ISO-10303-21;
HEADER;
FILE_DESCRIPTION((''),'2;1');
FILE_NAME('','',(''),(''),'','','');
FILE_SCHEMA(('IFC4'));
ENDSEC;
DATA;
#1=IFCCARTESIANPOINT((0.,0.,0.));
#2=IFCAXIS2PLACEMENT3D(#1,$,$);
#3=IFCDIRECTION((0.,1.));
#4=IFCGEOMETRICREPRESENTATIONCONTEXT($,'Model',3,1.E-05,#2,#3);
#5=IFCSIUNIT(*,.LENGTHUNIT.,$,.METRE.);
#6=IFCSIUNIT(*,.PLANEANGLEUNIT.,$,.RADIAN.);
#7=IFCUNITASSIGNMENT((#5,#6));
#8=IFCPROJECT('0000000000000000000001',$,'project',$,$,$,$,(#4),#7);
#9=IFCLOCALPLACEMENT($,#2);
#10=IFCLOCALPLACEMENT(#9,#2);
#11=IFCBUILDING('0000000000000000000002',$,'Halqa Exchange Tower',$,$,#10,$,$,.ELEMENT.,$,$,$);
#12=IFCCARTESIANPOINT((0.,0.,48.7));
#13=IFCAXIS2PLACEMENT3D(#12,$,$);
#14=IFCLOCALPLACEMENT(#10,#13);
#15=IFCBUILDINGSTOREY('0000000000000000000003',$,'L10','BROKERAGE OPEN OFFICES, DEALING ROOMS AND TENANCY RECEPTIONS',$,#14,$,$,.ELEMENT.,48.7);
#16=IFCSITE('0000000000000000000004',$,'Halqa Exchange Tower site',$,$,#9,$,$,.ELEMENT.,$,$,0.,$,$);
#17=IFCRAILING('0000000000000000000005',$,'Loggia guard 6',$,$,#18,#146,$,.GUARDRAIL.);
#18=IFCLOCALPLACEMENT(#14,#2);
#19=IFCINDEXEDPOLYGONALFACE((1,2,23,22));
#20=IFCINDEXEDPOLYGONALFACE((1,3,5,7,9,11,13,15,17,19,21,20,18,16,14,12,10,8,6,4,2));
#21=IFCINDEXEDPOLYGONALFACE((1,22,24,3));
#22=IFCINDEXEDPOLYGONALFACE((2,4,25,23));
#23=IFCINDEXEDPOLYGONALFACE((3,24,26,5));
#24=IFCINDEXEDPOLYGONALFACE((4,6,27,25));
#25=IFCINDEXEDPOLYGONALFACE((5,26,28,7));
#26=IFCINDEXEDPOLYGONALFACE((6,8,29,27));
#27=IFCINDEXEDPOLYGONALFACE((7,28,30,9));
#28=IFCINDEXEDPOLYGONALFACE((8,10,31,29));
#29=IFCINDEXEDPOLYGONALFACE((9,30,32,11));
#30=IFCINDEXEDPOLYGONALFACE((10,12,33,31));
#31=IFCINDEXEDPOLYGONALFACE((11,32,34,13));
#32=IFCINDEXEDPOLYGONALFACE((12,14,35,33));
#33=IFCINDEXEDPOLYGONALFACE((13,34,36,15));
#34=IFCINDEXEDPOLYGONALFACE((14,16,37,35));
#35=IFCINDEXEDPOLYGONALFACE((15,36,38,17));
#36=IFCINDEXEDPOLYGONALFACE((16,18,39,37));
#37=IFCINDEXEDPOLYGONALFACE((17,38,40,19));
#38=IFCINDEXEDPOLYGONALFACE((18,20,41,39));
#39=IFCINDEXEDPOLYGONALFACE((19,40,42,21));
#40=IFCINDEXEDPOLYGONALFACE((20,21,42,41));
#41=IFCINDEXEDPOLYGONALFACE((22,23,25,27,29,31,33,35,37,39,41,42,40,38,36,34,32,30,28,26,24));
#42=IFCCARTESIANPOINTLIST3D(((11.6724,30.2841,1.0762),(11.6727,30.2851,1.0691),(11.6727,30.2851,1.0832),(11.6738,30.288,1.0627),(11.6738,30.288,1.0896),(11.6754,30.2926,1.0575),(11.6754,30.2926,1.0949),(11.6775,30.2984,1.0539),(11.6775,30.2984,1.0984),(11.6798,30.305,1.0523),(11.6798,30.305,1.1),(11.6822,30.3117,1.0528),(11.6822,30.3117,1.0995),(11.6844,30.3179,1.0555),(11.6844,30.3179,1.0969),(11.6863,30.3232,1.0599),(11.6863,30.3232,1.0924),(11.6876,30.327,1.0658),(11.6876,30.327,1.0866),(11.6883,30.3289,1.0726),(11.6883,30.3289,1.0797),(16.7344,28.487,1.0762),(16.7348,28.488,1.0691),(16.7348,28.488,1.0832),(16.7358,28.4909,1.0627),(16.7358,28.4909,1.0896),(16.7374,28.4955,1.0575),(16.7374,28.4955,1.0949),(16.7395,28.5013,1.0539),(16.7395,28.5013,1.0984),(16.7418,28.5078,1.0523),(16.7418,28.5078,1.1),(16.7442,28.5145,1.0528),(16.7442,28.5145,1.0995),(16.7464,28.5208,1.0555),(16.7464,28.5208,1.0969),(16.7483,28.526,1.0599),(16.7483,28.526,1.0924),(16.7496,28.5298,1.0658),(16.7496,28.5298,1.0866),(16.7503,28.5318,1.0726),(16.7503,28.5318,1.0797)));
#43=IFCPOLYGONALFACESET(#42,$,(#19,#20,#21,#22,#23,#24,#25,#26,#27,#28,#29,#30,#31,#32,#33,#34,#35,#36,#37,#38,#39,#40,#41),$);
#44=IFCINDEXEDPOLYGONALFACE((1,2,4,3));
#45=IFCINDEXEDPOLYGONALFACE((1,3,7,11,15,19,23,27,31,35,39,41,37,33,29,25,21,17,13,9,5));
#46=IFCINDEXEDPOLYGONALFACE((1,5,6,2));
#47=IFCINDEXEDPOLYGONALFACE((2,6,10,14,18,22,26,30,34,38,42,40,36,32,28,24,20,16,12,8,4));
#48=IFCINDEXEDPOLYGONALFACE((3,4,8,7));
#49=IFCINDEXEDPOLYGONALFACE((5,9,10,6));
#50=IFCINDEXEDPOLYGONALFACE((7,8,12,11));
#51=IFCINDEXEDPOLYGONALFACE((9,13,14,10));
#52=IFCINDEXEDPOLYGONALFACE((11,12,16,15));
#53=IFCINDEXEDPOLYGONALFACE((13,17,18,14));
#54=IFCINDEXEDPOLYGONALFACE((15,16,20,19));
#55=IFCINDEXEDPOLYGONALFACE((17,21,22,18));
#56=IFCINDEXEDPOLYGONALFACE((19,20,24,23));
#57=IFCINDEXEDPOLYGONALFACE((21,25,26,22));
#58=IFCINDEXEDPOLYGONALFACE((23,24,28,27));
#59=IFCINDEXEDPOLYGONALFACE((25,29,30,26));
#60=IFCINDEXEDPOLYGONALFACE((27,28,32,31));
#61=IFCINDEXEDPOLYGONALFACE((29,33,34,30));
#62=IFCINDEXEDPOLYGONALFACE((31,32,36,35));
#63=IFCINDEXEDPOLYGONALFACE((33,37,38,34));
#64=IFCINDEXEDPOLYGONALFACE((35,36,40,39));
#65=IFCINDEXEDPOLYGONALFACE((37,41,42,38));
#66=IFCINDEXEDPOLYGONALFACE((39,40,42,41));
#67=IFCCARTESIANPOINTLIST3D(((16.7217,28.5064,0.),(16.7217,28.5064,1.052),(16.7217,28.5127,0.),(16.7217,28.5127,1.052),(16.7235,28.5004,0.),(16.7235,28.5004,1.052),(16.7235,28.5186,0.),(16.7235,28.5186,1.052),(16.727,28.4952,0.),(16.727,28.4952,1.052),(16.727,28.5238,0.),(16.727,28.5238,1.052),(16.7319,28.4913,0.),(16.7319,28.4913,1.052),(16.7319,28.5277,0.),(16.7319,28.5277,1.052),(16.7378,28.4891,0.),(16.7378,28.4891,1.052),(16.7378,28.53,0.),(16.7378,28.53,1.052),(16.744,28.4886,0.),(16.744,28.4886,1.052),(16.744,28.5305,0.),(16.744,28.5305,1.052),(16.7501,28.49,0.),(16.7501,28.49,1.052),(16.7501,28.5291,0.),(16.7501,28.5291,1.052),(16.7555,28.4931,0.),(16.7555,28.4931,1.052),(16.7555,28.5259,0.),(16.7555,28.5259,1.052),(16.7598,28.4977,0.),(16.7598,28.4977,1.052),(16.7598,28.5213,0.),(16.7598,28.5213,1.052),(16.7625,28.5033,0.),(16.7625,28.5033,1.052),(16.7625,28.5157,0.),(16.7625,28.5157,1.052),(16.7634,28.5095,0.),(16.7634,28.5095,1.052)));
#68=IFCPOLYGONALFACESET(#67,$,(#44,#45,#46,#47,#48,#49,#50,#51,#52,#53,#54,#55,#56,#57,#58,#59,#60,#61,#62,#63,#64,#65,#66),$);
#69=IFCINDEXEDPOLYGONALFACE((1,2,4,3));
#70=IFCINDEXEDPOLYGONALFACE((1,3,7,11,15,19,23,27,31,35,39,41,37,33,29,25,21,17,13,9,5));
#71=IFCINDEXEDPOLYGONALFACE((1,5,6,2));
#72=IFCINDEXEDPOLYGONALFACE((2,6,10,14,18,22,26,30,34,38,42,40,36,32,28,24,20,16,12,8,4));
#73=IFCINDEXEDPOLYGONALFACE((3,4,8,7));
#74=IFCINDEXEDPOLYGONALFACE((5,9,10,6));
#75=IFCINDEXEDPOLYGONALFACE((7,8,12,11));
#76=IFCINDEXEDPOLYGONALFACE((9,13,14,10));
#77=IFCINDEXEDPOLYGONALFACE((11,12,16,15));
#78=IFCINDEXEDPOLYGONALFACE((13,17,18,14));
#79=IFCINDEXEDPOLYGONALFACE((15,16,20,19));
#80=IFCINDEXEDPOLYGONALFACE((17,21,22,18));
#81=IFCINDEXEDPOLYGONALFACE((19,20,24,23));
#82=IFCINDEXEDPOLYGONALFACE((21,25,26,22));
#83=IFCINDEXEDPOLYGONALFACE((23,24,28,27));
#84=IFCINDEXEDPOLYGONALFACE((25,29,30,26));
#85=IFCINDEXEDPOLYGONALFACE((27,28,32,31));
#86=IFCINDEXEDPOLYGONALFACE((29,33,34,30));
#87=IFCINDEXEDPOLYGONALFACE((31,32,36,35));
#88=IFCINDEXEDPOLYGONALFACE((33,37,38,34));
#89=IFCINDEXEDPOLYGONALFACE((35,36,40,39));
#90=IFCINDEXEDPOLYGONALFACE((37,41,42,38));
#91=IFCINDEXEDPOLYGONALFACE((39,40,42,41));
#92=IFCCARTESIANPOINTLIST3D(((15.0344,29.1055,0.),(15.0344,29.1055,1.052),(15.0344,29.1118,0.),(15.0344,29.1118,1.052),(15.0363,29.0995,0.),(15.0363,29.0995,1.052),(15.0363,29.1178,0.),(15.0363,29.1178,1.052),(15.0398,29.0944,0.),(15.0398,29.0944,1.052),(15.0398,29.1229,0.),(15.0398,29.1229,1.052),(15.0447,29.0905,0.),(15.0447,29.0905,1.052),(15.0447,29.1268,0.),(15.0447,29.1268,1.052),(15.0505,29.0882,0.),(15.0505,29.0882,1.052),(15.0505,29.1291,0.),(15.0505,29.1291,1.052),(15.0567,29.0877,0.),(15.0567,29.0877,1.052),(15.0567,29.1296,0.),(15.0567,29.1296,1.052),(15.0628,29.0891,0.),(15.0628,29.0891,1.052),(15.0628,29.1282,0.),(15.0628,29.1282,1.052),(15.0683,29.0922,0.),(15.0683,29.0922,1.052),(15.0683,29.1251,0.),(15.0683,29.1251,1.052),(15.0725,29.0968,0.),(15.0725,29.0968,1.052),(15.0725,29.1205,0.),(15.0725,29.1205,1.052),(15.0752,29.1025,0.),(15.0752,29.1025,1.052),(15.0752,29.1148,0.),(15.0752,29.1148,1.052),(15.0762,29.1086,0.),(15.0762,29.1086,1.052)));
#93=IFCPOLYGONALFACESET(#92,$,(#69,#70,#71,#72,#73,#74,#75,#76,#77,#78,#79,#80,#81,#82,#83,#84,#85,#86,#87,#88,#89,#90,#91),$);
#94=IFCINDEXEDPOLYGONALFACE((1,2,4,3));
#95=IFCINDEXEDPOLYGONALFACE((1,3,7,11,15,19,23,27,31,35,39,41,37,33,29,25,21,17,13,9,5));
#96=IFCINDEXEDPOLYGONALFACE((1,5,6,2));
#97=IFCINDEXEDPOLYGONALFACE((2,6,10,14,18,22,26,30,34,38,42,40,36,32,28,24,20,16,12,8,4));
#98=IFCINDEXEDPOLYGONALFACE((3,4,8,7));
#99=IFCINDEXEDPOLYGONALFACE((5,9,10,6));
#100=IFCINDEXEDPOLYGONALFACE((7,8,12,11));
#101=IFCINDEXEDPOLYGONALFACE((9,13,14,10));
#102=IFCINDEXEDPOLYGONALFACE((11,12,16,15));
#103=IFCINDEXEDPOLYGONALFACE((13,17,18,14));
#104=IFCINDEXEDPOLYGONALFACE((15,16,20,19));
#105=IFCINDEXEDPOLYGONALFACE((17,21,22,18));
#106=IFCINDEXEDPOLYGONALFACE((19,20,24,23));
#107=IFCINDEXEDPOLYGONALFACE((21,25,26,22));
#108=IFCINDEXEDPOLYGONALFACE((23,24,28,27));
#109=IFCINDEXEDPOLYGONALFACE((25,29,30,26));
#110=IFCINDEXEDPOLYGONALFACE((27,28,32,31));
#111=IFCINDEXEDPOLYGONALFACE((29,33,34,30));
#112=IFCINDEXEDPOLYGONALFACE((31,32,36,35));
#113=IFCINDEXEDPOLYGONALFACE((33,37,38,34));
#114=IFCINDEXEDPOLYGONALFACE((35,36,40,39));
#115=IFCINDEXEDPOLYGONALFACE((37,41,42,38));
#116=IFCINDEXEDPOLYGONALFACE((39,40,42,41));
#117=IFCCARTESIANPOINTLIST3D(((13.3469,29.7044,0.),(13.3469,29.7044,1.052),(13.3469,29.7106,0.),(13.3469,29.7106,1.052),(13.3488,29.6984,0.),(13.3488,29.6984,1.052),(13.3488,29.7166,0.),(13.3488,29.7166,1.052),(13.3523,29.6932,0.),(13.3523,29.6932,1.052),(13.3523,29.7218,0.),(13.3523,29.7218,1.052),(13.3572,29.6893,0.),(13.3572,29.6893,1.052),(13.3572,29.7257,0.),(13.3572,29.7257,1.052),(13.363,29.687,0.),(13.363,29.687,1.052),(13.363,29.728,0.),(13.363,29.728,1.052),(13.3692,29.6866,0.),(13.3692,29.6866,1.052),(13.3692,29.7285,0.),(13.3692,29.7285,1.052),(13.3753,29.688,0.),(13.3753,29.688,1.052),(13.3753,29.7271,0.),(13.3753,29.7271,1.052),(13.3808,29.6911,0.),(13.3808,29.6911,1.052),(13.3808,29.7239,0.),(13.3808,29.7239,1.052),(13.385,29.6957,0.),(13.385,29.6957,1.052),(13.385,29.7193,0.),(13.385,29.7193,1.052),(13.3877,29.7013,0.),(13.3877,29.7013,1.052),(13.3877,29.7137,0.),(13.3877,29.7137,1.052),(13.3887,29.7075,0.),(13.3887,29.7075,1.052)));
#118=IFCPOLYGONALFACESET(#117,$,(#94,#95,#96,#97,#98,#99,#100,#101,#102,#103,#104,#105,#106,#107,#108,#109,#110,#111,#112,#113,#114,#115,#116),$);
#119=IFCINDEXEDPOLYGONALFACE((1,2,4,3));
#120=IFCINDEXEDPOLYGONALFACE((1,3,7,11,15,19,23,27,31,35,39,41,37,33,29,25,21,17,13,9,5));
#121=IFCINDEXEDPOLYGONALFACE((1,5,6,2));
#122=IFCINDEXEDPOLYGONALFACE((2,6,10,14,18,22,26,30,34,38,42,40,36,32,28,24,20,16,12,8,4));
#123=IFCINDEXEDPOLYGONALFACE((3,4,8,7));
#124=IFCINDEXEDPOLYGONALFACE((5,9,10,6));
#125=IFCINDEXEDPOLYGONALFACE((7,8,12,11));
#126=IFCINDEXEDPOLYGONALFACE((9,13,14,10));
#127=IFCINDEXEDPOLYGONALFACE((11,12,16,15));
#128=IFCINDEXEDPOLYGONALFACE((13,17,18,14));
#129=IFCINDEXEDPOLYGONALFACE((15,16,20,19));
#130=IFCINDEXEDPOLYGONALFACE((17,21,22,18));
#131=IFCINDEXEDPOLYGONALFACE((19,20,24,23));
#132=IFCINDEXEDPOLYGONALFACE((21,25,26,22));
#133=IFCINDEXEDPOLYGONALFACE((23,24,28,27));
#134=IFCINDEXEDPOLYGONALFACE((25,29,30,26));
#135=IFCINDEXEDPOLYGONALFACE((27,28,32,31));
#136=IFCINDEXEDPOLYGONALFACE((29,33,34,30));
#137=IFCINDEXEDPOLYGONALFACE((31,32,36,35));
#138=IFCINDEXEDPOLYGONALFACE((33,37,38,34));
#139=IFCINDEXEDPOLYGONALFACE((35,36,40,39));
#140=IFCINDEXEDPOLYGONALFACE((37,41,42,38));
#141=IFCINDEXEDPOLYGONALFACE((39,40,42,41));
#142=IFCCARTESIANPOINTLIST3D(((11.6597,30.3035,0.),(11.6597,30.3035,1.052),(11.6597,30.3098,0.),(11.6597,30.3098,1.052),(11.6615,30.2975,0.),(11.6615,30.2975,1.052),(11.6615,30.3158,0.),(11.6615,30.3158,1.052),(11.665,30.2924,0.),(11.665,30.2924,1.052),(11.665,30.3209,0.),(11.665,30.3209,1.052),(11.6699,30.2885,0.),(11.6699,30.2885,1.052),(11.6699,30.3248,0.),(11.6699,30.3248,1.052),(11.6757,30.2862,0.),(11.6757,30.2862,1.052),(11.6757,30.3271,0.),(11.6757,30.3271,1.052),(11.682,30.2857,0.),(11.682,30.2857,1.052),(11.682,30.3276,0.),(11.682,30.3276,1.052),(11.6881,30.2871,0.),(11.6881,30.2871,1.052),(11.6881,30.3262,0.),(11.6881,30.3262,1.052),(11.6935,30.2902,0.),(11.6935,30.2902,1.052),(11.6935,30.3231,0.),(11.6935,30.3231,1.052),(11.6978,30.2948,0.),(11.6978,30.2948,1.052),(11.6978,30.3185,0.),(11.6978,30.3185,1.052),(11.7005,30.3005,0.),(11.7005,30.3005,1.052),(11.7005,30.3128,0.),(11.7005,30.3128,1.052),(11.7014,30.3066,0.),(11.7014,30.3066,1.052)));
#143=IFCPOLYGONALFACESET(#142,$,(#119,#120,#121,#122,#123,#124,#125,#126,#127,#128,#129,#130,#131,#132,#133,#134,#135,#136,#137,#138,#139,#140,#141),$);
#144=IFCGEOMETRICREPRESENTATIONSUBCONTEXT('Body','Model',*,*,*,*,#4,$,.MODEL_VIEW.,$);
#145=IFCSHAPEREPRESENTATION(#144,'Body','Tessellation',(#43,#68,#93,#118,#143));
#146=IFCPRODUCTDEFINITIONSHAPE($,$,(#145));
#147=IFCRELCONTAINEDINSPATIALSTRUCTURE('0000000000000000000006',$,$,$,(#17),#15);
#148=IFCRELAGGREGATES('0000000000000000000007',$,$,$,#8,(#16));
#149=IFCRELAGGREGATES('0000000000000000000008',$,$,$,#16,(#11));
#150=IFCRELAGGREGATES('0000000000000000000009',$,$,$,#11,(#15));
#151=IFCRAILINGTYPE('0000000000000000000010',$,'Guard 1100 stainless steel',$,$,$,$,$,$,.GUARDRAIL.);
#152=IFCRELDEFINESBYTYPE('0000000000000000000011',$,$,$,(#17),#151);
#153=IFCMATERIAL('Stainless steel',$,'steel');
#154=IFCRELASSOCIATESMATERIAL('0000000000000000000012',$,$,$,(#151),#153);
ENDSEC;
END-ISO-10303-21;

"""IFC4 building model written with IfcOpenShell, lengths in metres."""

from ifc_helpers import new_model, si_unit, direction, frame, origin, origin_2d, place, context, subcontext, project, spatial, circle, extrude, material, type_object, element, save


model = new_model("IFC4")

# Units and contexts
model_context = context("Model", 3, precision=1e-05, world=origin(), true_north=direction((0.0, 1.0)))
body_context = subcontext(model_context, "Body", "Model", "MODEL_VIEW")
ifc_project = project(units=[si_unit("LENGTHUNIT", "METRE"), si_unit("PLANEANGLEUNIT", "RADIAN")], contexts=[model_context])

# Site, building, storey
site_placement = place(None, origin())
site = spatial("IfcSite", under=ifc_project, at=site_placement, Name="Halqa Exchange Tower site", CompositionType="ELEMENT", RefElevation=0.0)
building_placement = place(site_placement, origin())
building = spatial("IfcBuilding", under=site, at=building_placement, Name="Halqa Exchange Tower", CompositionType="ELEMENT")
storey_placement = place(building_placement, frame((0.0, 0.0, 48.7)))
storey = spatial("IfcBuildingStorey", under=building, at=storey_placement, Name="L10", Description="BROKERAGE OPEN OFFICES, DEALING ROOMS AND TENANCY RECEPTIONS", CompositionType="ELEMENT", Elevation=48.7)

# Railing
ifc_material_1 = material(Name="Stainless steel", Category="steel")
railing_type = type_object("IfcRailingType", Name="Guard 1100 stainless steel", PredefinedType="GUARDRAIL", material=ifc_material_1)
railing_1_placement = place(storey_placement, frame((16.7424, 28.5095, 0.0)))
element("IfcRailing", 1, at=railing_1_placement, inside=storey, type_object=railing_type, Name="Loggia guard 6", PredefinedType="GUARDRAIL", context=body_context, shape_type="SweptSolid", body=[
    extrude(circle(Radius=0.0239, at=origin_2d()), frame((0.0, 0.0, 1.0762), z_axis=(-0.942374, 0.334562, 0.0), x_axis=(-0.334562, -0.942374, 0.0)), (0.0, 0.0, 1.0), 5.3716),
    extrude(circle(Radius=0.021, at=origin_2d()), origin(), (0.0, 0.0, 1.0), 1.052),
    extrude(circle(Radius=0.021, at=origin_2d()), frame((-1.6873, 0.5991, 0.0)), (0.0, 0.0, 1.0), 1.052),
    extrude(circle(Radius=0.021, at=origin_2d()), frame((-3.3748, 1.198, 0.0)), (0.0, 0.0, 1.0), 1.052),
    extrude(circle(Radius=0.021, at=origin_2d()), frame((-5.062, 1.7971, 0.0)), (0.0, 0.0, 1.0), 1.052),
])

save(model, "model.ifc")
